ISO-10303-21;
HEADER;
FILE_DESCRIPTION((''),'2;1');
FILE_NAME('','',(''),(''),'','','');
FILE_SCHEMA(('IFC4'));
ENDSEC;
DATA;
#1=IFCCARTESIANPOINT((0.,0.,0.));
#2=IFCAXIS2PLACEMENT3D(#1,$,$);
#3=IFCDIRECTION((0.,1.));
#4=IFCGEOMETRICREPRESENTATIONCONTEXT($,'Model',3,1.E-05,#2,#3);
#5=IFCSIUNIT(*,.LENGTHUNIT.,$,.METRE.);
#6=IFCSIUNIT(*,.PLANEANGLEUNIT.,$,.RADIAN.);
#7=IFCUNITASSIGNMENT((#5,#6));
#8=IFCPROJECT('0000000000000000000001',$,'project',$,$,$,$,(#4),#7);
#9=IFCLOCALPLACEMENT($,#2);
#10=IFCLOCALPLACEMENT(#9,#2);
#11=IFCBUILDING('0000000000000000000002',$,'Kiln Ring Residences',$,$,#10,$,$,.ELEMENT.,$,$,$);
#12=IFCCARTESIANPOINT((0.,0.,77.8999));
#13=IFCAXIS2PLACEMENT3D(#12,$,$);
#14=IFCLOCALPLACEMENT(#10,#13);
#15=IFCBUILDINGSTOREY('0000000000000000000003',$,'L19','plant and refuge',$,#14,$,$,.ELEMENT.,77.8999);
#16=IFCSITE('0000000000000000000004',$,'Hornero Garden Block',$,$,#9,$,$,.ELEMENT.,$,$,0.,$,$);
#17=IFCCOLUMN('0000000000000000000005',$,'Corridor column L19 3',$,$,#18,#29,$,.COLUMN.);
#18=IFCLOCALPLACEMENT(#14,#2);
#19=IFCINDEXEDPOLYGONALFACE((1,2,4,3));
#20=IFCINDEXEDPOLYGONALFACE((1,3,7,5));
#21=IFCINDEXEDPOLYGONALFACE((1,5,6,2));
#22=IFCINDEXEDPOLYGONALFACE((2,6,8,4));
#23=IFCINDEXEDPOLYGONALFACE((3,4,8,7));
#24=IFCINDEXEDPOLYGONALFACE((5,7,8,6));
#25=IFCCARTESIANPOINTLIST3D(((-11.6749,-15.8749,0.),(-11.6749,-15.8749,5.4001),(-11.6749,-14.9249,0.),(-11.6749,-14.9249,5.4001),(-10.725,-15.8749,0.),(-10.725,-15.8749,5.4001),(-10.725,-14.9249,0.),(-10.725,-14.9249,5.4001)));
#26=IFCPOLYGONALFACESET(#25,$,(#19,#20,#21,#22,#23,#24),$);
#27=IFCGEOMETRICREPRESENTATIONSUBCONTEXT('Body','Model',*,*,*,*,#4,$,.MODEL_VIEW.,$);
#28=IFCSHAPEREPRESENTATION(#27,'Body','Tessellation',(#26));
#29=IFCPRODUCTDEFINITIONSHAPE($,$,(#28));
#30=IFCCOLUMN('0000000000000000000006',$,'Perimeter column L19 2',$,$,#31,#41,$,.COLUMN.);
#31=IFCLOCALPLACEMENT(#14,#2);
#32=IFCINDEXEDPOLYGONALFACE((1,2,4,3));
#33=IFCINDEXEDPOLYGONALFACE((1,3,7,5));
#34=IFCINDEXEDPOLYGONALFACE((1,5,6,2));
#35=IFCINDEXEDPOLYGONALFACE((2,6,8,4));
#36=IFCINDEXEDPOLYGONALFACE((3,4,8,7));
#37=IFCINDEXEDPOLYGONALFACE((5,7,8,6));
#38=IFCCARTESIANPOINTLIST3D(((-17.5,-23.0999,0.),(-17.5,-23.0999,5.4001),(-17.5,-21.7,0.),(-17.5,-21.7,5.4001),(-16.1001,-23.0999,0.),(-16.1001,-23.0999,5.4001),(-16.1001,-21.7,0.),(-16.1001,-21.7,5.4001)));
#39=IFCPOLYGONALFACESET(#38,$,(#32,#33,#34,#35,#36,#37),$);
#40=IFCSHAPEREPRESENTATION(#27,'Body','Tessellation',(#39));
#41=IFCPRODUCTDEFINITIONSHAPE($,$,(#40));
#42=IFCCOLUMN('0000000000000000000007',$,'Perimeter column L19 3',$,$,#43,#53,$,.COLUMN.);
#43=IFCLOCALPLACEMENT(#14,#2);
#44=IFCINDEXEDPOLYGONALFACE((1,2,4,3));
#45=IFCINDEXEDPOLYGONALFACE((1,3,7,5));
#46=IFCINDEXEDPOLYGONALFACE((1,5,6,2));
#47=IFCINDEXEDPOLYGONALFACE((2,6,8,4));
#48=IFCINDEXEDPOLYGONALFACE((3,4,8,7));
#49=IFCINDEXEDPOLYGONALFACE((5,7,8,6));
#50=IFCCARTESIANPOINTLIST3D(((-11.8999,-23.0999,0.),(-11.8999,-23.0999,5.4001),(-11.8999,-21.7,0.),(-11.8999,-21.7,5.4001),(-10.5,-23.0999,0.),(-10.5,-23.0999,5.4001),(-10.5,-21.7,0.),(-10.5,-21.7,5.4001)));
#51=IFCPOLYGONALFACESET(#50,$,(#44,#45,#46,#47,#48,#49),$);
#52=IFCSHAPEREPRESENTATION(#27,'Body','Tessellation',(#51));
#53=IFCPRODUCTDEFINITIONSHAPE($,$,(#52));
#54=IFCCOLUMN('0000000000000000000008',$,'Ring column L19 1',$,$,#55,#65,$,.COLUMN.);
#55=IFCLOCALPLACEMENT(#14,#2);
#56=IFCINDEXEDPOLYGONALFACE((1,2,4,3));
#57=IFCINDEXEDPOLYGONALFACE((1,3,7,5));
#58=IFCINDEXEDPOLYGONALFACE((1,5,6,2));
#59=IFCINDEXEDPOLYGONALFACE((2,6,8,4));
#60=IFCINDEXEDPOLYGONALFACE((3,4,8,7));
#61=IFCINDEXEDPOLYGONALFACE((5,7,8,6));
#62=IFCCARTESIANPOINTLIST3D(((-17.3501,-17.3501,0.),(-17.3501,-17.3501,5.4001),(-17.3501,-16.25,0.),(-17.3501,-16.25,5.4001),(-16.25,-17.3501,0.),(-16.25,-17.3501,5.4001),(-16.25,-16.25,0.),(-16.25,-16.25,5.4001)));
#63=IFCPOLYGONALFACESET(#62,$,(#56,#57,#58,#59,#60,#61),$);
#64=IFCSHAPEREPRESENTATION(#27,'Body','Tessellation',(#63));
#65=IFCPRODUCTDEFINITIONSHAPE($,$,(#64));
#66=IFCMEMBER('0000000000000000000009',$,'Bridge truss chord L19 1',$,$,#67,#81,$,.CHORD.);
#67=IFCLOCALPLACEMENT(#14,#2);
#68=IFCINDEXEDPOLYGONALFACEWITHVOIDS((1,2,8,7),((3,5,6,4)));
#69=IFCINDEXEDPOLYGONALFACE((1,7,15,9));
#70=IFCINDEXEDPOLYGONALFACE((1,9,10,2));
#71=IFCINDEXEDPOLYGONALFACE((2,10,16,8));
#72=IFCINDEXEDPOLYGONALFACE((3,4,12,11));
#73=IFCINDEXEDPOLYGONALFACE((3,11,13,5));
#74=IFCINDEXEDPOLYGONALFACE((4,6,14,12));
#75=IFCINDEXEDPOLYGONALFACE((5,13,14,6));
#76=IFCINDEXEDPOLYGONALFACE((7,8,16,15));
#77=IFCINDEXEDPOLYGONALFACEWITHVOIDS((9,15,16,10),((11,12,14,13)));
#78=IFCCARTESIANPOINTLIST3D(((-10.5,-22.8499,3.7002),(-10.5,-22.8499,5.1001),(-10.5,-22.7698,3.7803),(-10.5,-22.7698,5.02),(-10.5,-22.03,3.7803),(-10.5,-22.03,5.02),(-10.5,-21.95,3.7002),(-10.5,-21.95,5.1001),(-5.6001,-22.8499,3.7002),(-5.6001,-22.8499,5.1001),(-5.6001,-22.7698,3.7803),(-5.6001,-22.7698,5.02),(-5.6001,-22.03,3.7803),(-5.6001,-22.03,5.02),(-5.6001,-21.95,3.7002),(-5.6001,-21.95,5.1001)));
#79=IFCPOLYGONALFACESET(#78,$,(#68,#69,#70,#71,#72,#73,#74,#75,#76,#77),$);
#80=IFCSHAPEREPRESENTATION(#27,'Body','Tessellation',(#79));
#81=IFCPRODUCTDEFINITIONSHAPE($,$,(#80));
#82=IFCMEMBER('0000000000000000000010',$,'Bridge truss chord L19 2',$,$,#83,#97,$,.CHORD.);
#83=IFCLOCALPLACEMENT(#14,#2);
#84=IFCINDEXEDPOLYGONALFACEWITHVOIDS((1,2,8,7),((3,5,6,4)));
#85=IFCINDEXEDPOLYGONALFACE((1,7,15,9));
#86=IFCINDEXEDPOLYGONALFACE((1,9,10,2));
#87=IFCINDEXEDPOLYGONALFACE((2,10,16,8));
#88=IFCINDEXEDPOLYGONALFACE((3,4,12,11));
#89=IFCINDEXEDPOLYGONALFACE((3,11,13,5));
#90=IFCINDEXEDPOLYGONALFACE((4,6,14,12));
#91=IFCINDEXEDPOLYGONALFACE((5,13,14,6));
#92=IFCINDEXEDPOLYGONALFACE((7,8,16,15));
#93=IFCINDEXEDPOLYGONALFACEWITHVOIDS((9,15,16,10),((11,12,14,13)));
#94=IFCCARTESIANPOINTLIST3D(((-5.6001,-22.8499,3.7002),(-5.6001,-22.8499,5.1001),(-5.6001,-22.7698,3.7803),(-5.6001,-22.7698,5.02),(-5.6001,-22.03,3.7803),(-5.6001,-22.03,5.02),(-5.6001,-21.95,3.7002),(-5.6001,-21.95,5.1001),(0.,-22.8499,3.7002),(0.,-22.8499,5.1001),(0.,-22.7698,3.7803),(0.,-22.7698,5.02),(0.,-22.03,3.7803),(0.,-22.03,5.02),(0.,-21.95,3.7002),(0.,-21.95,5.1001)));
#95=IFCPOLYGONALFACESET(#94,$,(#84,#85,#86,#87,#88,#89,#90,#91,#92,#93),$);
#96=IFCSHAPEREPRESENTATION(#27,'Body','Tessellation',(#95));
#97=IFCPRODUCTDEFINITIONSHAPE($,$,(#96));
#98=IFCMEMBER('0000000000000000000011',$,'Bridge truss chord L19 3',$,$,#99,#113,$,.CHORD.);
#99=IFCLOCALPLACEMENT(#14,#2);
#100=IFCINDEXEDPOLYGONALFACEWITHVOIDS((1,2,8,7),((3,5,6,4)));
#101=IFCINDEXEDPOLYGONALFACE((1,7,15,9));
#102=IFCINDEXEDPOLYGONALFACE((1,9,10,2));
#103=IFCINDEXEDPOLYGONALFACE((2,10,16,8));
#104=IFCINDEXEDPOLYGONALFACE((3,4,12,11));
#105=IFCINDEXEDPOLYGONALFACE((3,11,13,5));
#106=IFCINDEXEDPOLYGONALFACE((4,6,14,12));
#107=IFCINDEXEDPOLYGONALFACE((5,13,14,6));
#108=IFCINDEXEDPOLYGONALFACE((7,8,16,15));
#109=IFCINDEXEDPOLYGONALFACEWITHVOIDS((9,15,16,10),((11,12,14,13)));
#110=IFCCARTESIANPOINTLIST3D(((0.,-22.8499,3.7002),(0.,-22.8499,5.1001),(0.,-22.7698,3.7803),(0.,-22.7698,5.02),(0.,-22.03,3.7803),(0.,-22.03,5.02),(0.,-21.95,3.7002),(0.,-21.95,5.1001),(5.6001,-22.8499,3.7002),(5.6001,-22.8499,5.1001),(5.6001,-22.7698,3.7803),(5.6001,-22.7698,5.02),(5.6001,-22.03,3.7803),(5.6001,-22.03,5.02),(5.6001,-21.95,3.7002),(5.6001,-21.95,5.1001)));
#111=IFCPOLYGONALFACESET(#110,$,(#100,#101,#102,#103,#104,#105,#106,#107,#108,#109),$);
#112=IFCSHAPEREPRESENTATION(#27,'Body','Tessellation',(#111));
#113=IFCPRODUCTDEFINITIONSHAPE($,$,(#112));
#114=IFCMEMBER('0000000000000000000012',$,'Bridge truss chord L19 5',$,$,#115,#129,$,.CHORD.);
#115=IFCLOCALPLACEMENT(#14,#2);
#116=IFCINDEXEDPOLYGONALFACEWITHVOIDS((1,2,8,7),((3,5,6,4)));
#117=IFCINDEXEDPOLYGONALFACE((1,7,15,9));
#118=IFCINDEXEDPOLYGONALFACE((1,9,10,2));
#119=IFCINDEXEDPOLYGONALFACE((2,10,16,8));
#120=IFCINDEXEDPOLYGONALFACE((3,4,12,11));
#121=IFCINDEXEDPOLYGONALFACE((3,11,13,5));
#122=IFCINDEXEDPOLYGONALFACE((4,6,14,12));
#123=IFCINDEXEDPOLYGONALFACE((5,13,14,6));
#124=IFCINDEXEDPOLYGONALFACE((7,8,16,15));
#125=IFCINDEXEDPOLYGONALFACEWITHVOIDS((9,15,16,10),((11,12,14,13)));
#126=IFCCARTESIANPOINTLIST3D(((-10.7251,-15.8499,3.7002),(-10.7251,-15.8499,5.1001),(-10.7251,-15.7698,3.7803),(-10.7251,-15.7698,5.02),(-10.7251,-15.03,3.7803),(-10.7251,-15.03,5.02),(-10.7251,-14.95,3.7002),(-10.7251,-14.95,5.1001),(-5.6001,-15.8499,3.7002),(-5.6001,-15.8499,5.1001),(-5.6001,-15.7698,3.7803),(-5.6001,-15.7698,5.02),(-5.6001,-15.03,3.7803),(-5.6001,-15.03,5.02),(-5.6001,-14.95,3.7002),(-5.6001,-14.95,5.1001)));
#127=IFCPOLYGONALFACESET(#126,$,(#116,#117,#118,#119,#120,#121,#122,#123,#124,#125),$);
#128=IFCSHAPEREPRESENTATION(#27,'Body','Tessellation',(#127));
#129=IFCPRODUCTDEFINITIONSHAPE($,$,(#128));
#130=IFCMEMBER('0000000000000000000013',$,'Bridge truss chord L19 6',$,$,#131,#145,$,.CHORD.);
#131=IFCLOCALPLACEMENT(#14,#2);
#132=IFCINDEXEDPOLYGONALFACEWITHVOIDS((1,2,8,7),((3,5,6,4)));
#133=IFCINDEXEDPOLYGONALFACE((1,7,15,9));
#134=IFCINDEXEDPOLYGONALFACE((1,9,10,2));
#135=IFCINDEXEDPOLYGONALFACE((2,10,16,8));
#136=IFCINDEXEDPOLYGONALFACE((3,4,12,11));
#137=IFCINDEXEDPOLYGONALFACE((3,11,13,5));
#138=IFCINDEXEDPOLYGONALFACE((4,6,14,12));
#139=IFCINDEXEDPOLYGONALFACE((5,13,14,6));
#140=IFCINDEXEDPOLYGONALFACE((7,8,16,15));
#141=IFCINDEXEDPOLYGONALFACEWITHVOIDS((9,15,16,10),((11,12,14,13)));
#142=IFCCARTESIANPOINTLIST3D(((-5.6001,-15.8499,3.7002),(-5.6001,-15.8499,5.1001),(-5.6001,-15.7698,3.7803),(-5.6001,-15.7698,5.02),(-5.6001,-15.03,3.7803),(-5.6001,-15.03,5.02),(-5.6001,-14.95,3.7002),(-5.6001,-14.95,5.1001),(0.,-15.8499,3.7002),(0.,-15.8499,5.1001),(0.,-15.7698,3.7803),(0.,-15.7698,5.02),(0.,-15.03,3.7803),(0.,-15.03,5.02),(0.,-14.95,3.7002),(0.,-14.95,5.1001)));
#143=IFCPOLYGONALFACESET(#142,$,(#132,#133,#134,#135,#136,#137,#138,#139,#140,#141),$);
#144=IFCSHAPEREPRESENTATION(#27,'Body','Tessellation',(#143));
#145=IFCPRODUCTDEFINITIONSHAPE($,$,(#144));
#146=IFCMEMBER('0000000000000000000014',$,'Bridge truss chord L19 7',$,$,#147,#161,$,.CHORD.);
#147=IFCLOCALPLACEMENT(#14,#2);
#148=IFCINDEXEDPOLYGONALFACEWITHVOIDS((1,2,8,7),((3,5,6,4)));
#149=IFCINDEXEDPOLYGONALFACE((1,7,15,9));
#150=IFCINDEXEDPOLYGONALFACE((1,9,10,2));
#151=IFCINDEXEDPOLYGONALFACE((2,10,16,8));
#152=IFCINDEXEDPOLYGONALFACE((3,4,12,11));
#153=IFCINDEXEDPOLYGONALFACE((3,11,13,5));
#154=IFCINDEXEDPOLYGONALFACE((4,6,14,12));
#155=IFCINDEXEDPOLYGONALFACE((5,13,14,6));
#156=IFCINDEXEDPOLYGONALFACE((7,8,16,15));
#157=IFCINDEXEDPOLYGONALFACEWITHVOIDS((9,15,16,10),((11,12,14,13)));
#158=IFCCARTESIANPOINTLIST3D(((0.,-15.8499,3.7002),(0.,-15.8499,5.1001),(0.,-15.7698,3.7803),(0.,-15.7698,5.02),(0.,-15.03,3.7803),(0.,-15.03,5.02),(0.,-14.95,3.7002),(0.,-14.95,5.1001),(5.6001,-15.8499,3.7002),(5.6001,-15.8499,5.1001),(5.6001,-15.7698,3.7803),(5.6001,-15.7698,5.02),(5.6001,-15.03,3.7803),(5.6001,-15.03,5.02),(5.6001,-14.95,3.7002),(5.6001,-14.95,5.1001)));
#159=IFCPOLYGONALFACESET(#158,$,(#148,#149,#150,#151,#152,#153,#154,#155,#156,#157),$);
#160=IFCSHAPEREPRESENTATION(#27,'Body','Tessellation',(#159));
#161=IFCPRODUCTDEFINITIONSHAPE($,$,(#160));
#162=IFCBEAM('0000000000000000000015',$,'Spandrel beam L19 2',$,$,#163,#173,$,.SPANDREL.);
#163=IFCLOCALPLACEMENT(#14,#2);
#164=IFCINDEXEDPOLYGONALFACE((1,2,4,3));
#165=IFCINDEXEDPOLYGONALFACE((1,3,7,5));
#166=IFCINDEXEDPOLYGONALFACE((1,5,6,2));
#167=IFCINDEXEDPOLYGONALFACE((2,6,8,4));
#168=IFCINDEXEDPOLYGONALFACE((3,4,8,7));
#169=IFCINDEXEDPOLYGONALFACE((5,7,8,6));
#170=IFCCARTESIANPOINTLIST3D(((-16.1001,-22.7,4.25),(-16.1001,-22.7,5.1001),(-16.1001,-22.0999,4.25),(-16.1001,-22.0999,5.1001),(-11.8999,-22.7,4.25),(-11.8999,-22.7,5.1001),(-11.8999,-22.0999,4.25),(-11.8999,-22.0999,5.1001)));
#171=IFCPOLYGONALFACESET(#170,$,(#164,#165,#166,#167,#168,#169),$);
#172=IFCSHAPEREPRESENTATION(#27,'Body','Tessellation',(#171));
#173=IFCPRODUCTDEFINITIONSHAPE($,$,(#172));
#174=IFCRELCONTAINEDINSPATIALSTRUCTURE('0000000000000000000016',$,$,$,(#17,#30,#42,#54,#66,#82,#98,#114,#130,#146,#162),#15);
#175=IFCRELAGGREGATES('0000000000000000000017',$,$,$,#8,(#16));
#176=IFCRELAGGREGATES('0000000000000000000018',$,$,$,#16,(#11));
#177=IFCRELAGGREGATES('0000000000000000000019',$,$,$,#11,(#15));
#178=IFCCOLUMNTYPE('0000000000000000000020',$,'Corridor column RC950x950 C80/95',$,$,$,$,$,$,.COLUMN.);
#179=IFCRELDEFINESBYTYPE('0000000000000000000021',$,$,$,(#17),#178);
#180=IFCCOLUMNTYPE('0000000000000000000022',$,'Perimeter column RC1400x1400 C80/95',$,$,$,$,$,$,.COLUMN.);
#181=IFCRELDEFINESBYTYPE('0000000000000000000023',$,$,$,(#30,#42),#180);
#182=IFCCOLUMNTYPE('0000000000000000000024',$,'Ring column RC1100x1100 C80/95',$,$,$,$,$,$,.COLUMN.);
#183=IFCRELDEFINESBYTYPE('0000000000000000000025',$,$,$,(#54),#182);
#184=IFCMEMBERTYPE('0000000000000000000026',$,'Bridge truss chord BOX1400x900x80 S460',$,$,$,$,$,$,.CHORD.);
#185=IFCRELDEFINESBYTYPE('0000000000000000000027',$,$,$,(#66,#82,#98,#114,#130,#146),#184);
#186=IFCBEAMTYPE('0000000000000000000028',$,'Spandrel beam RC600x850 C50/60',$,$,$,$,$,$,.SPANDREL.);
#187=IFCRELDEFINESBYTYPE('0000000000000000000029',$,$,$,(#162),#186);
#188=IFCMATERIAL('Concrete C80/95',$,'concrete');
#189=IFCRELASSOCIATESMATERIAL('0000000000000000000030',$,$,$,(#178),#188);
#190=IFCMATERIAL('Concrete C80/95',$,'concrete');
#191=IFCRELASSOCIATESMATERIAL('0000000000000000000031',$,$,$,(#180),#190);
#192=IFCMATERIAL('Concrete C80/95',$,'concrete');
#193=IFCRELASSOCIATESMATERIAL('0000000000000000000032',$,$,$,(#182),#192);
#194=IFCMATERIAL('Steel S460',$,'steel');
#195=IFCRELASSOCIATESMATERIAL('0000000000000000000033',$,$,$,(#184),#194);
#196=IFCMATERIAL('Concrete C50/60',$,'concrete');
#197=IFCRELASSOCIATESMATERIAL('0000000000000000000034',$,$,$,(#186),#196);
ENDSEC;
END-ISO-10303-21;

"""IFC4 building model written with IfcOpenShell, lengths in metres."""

from ifc_helpers import new_model, si_unit, direction, frame, origin, origin_2d, place, context, subcontext, project, spatial, rectangle, hollow_rectangle, extrude, material, material_profile, profile_set, type_object, element, save


model = new_model("IFC4")

# Units and contexts
model_context = context("Model", 3, precision=1e-05, world=origin(), true_north=direction((0.0, 1.0)))
body_context = subcontext(model_context, "Body", "Model", "MODEL_VIEW")
ifc_project = project(units=[si_unit("LENGTHUNIT", "METRE"), si_unit("PLANEANGLEUNIT", "RADIAN")], contexts=[model_context])

# Site, building, storey
site_placement = place(None, origin())
site = spatial("IfcSite", under=ifc_project, at=site_placement, Name="Hornero Garden Block", CompositionType="ELEMENT", RefElevation=0.0)
building_placement = place(site_placement, origin())
building = spatial("IfcBuilding", under=site, at=building_placement, Name="Kiln Ring Residences", CompositionType="ELEMENT")
storey_placement = place(building_placement, frame((0.0, 0.0, 77.8999)))
storey = spatial("IfcBuildingStorey", under=building, at=storey_placement, Name="L19", Description="plant and refuge", CompositionType="ELEMENT", Elevation=77.8999)

# Columns
ifc_material_1 = material(Name="Concrete C80/95", Category="concrete")
ifc_material_profile_1 = material_profile(ifc_material_1, rectangle(XDim=0.95, YDim=0.95, at=origin_2d()), Name="RC950x950")
ifc_profile_set_1 = profile_set([ifc_material_profile_1], Name="Concrete C80/95")
column_type_1 = type_object("IfcColumnType", Name="Corridor column RC950x950 C80/95", PredefinedType="COLUMN", material=ifc_profile_set_1)
column_1_placement = place(storey_placement, frame((-11.2, -15.3999, 0.0), z_axis=(0.0, 0.0, 1.0), x_axis=(1.0, 0.0, 0.0)))
element("IfcColumn", 1, at=column_1_placement, inside=storey, type_object=column_type_1, Name="Corridor column L19 3", PredefinedType="COLUMN", context=body_context, shape_type="SweptSolid", body=[
    extrude(rectangle(XDim=0.95, YDim=0.95, at=origin_2d()), origin(), (0.0, 0.0, 1.0), 5.4001),
])
ifc_material_2 = material(Name="Concrete C80/95", Category="concrete")
ifc_material_profile_2 = material_profile(ifc_material_2, rectangle(XDim=1.3999, YDim=1.3999, at=origin_2d()), Name="RC1400x1400")
ifc_profile_set_2 = profile_set([ifc_material_profile_2], Name="Concrete C80/95")
column_type_2 = type_object("IfcColumnType", Name="Perimeter column RC1400x1400 C80/95", PredefinedType="COLUMN", material=ifc_profile_set_2)
for number, where, z_axis, x_axis, name in (
    (2, (-16.8, -22.3999, 0.0), (0.0, 0.0, 1.0), (1.0, 0.0, 0.0), "Perimeter column L19 2"),
    (3, (-11.2, -22.3999, 0.0), (0.0, 0.0, 1.0), (1.0, 0.0, 0.0), "Perimeter column L19 3"),
):
    element("IfcColumn", number, at=place(storey_placement, frame(where, z_axis=z_axis, x_axis=x_axis)), inside=storey, type_object=column_type_2, Name=name, PredefinedType="COLUMN", context=body_context, shape_type="SweptSolid", body=[
        extrude(rectangle(XDim=1.3999, YDim=1.3999, at=origin_2d()), origin(), (0.0, 0.0, 1.0), 5.4001),
    ])
ifc_material_3 = material(Name="Concrete C80/95", Category="concrete")
ifc_material_profile_3 = material_profile(ifc_material_3, rectangle(XDim=1.1001, YDim=1.1001, at=origin_2d()), Name="RC1100x1100")
ifc_profile_set_3 = profile_set([ifc_material_profile_3], Name="Concrete C80/95")
column_type_3 = type_object("IfcColumnType", Name="Ring column RC1100x1100 C80/95", PredefinedType="COLUMN", material=ifc_profile_set_3)
column_2_placement = place(storey_placement, frame((-16.8, -16.8, 0.0), z_axis=(0.0, 0.0, 1.0), x_axis=(1.0, 0.0, 0.0)))
element("IfcColumn", 4, at=column_2_placement, inside=storey, type_object=column_type_3, Name="Ring column L19 1", PredefinedType="COLUMN", context=body_context, shape_type="SweptSolid", body=[
    extrude(rectangle(XDim=1.1001, YDim=1.1001, at=origin_2d()), origin(), (0.0, 0.0, 1.0), 5.4001),
])

# Members
ifc_material_4 = material(Name="Steel S460", Category="steel")
ifc_material_profile_4 = material_profile(ifc_material_4, hollow_rectangle(XDim=0.8999, YDim=1.3999, WallThickness=0.0801, at=origin_2d()), Name="BOX1400x900x80")
ifc_profile_set_4 = profile_set([ifc_material_profile_4], Name="Steel S460")
member_type = type_object("IfcMemberType", Name="Bridge truss chord BOX1400x900x80 S460", PredefinedType="CHORD", material=ifc_profile_set_4)
member_1_placement = place(storey_placement, frame((-10.5, -22.3999, 4.4001), z_axis=(1.0, 0.0, 0.0), x_axis=(0.0, 1.0, 0.0)))
element("IfcMember", 5, at=member_1_placement, inside=storey, type_object=member_type, Name="Bridge truss chord L19 1", PredefinedType="CHORD", context=body_context, shape_type="SweptSolid", body=[
    extrude(hollow_rectangle(XDim=0.8999, YDim=1.3999, WallThickness=0.0801, at=origin_2d()), origin(), (0.0, 0.0, 1.0), 4.8999),
])
for number, where, z_axis, x_axis, name in (
    (6, (-5.6001, -22.3999, 4.4001), (1.0, 0.0, 0.0), (0.0, 1.0, 0.0), "Bridge truss chord L19 2"),
    (7, (0.0, -22.3999, 4.4001), (1.0, 0.0, 0.0), (0.0, 1.0, 0.0), "Bridge truss chord L19 3"),
):
    element("IfcMember", number, at=place(storey_placement, frame(where, z_axis=z_axis, x_axis=x_axis)), inside=storey, type_object=member_type, Name=name, PredefinedType="CHORD", context=body_context, shape_type="SweptSolid", body=[
        extrude(hollow_rectangle(XDim=0.8999, YDim=1.3999, WallThickness=0.0801, at=origin_2d()), origin(), (0.0, 0.0, 1.0), 5.6001),
    ])
member_2_placement = place(storey_placement, frame((-10.7251, -15.3999, 4.4001), z_axis=(1.0, 0.0, 0.0), x_axis=(0.0, 1.0, 0.0)))
element("IfcMember", 8, at=member_2_placement, inside=storey, type_object=member_type, Name="Bridge truss chord L19 5", PredefinedType="CHORD", context=body_context, shape_type="SweptSolid", body=[
    extrude(hollow_rectangle(XDim=0.8999, YDim=1.3999, WallThickness=0.0801, at=origin_2d()), origin(), (0.0, 0.0, 1.0), 5.125),
])
for number, where, z_axis, x_axis, name in (
    (9, (-5.6001, -15.3999, 4.4001), (1.0, 0.0, 0.0), (0.0, 1.0, 0.0), "Bridge truss chord L19 6"),
    (10, (0.0, -15.3999, 4.4001), (1.0, 0.0, 0.0), (0.0, 1.0, 0.0), "Bridge truss chord L19 7"),
):
    element("IfcMember", number, at=place(storey_placement, frame(where, z_axis=z_axis, x_axis=x_axis)), inside=storey, type_object=member_type, Name=name, PredefinedType="CHORD", context=body_context, shape_type="SweptSolid", body=[
        extrude(hollow_rectangle(XDim=0.8999, YDim=1.3999, WallThickness=0.0801, at=origin_2d()), origin(), (0.0, 0.0, 1.0), 5.6001),
    ])

# Beam
ifc_material_5 = material(Name="Concrete C50/60", Category="concrete")
ifc_material_profile_5 = material_profile(ifc_material_5, rectangle(XDim=0.6001, YDim=0.8501, at=origin_2d()), Name="RC600x850")
ifc_profile_set_5 = profile_set([ifc_material_profile_5], Name="Concrete C50/60")
beam_type = type_object("IfcBeamType", Name="Spandrel beam RC600x850 C50/60", PredefinedType="SPANDREL", material=ifc_profile_set_5)
beam_placement = place(storey_placement, frame((-16.1001, -22.3999, 4.675), z_axis=(1.0, 0.0, 0.0), x_axis=(0.0, 1.0, 0.0)))
element("IfcBeam", 11, at=beam_placement, inside=storey, type_object=beam_type, Name="Spandrel beam L19 2", PredefinedType="SPANDREL", context=body_context, shape_type="SweptSolid", body=[
    extrude(rectangle(XDim=0.6001, YDim=0.8501, at=origin_2d()), origin(), (0.0, 0.0, 1.0), 4.2002),
])

save(model, "model.ifc")
